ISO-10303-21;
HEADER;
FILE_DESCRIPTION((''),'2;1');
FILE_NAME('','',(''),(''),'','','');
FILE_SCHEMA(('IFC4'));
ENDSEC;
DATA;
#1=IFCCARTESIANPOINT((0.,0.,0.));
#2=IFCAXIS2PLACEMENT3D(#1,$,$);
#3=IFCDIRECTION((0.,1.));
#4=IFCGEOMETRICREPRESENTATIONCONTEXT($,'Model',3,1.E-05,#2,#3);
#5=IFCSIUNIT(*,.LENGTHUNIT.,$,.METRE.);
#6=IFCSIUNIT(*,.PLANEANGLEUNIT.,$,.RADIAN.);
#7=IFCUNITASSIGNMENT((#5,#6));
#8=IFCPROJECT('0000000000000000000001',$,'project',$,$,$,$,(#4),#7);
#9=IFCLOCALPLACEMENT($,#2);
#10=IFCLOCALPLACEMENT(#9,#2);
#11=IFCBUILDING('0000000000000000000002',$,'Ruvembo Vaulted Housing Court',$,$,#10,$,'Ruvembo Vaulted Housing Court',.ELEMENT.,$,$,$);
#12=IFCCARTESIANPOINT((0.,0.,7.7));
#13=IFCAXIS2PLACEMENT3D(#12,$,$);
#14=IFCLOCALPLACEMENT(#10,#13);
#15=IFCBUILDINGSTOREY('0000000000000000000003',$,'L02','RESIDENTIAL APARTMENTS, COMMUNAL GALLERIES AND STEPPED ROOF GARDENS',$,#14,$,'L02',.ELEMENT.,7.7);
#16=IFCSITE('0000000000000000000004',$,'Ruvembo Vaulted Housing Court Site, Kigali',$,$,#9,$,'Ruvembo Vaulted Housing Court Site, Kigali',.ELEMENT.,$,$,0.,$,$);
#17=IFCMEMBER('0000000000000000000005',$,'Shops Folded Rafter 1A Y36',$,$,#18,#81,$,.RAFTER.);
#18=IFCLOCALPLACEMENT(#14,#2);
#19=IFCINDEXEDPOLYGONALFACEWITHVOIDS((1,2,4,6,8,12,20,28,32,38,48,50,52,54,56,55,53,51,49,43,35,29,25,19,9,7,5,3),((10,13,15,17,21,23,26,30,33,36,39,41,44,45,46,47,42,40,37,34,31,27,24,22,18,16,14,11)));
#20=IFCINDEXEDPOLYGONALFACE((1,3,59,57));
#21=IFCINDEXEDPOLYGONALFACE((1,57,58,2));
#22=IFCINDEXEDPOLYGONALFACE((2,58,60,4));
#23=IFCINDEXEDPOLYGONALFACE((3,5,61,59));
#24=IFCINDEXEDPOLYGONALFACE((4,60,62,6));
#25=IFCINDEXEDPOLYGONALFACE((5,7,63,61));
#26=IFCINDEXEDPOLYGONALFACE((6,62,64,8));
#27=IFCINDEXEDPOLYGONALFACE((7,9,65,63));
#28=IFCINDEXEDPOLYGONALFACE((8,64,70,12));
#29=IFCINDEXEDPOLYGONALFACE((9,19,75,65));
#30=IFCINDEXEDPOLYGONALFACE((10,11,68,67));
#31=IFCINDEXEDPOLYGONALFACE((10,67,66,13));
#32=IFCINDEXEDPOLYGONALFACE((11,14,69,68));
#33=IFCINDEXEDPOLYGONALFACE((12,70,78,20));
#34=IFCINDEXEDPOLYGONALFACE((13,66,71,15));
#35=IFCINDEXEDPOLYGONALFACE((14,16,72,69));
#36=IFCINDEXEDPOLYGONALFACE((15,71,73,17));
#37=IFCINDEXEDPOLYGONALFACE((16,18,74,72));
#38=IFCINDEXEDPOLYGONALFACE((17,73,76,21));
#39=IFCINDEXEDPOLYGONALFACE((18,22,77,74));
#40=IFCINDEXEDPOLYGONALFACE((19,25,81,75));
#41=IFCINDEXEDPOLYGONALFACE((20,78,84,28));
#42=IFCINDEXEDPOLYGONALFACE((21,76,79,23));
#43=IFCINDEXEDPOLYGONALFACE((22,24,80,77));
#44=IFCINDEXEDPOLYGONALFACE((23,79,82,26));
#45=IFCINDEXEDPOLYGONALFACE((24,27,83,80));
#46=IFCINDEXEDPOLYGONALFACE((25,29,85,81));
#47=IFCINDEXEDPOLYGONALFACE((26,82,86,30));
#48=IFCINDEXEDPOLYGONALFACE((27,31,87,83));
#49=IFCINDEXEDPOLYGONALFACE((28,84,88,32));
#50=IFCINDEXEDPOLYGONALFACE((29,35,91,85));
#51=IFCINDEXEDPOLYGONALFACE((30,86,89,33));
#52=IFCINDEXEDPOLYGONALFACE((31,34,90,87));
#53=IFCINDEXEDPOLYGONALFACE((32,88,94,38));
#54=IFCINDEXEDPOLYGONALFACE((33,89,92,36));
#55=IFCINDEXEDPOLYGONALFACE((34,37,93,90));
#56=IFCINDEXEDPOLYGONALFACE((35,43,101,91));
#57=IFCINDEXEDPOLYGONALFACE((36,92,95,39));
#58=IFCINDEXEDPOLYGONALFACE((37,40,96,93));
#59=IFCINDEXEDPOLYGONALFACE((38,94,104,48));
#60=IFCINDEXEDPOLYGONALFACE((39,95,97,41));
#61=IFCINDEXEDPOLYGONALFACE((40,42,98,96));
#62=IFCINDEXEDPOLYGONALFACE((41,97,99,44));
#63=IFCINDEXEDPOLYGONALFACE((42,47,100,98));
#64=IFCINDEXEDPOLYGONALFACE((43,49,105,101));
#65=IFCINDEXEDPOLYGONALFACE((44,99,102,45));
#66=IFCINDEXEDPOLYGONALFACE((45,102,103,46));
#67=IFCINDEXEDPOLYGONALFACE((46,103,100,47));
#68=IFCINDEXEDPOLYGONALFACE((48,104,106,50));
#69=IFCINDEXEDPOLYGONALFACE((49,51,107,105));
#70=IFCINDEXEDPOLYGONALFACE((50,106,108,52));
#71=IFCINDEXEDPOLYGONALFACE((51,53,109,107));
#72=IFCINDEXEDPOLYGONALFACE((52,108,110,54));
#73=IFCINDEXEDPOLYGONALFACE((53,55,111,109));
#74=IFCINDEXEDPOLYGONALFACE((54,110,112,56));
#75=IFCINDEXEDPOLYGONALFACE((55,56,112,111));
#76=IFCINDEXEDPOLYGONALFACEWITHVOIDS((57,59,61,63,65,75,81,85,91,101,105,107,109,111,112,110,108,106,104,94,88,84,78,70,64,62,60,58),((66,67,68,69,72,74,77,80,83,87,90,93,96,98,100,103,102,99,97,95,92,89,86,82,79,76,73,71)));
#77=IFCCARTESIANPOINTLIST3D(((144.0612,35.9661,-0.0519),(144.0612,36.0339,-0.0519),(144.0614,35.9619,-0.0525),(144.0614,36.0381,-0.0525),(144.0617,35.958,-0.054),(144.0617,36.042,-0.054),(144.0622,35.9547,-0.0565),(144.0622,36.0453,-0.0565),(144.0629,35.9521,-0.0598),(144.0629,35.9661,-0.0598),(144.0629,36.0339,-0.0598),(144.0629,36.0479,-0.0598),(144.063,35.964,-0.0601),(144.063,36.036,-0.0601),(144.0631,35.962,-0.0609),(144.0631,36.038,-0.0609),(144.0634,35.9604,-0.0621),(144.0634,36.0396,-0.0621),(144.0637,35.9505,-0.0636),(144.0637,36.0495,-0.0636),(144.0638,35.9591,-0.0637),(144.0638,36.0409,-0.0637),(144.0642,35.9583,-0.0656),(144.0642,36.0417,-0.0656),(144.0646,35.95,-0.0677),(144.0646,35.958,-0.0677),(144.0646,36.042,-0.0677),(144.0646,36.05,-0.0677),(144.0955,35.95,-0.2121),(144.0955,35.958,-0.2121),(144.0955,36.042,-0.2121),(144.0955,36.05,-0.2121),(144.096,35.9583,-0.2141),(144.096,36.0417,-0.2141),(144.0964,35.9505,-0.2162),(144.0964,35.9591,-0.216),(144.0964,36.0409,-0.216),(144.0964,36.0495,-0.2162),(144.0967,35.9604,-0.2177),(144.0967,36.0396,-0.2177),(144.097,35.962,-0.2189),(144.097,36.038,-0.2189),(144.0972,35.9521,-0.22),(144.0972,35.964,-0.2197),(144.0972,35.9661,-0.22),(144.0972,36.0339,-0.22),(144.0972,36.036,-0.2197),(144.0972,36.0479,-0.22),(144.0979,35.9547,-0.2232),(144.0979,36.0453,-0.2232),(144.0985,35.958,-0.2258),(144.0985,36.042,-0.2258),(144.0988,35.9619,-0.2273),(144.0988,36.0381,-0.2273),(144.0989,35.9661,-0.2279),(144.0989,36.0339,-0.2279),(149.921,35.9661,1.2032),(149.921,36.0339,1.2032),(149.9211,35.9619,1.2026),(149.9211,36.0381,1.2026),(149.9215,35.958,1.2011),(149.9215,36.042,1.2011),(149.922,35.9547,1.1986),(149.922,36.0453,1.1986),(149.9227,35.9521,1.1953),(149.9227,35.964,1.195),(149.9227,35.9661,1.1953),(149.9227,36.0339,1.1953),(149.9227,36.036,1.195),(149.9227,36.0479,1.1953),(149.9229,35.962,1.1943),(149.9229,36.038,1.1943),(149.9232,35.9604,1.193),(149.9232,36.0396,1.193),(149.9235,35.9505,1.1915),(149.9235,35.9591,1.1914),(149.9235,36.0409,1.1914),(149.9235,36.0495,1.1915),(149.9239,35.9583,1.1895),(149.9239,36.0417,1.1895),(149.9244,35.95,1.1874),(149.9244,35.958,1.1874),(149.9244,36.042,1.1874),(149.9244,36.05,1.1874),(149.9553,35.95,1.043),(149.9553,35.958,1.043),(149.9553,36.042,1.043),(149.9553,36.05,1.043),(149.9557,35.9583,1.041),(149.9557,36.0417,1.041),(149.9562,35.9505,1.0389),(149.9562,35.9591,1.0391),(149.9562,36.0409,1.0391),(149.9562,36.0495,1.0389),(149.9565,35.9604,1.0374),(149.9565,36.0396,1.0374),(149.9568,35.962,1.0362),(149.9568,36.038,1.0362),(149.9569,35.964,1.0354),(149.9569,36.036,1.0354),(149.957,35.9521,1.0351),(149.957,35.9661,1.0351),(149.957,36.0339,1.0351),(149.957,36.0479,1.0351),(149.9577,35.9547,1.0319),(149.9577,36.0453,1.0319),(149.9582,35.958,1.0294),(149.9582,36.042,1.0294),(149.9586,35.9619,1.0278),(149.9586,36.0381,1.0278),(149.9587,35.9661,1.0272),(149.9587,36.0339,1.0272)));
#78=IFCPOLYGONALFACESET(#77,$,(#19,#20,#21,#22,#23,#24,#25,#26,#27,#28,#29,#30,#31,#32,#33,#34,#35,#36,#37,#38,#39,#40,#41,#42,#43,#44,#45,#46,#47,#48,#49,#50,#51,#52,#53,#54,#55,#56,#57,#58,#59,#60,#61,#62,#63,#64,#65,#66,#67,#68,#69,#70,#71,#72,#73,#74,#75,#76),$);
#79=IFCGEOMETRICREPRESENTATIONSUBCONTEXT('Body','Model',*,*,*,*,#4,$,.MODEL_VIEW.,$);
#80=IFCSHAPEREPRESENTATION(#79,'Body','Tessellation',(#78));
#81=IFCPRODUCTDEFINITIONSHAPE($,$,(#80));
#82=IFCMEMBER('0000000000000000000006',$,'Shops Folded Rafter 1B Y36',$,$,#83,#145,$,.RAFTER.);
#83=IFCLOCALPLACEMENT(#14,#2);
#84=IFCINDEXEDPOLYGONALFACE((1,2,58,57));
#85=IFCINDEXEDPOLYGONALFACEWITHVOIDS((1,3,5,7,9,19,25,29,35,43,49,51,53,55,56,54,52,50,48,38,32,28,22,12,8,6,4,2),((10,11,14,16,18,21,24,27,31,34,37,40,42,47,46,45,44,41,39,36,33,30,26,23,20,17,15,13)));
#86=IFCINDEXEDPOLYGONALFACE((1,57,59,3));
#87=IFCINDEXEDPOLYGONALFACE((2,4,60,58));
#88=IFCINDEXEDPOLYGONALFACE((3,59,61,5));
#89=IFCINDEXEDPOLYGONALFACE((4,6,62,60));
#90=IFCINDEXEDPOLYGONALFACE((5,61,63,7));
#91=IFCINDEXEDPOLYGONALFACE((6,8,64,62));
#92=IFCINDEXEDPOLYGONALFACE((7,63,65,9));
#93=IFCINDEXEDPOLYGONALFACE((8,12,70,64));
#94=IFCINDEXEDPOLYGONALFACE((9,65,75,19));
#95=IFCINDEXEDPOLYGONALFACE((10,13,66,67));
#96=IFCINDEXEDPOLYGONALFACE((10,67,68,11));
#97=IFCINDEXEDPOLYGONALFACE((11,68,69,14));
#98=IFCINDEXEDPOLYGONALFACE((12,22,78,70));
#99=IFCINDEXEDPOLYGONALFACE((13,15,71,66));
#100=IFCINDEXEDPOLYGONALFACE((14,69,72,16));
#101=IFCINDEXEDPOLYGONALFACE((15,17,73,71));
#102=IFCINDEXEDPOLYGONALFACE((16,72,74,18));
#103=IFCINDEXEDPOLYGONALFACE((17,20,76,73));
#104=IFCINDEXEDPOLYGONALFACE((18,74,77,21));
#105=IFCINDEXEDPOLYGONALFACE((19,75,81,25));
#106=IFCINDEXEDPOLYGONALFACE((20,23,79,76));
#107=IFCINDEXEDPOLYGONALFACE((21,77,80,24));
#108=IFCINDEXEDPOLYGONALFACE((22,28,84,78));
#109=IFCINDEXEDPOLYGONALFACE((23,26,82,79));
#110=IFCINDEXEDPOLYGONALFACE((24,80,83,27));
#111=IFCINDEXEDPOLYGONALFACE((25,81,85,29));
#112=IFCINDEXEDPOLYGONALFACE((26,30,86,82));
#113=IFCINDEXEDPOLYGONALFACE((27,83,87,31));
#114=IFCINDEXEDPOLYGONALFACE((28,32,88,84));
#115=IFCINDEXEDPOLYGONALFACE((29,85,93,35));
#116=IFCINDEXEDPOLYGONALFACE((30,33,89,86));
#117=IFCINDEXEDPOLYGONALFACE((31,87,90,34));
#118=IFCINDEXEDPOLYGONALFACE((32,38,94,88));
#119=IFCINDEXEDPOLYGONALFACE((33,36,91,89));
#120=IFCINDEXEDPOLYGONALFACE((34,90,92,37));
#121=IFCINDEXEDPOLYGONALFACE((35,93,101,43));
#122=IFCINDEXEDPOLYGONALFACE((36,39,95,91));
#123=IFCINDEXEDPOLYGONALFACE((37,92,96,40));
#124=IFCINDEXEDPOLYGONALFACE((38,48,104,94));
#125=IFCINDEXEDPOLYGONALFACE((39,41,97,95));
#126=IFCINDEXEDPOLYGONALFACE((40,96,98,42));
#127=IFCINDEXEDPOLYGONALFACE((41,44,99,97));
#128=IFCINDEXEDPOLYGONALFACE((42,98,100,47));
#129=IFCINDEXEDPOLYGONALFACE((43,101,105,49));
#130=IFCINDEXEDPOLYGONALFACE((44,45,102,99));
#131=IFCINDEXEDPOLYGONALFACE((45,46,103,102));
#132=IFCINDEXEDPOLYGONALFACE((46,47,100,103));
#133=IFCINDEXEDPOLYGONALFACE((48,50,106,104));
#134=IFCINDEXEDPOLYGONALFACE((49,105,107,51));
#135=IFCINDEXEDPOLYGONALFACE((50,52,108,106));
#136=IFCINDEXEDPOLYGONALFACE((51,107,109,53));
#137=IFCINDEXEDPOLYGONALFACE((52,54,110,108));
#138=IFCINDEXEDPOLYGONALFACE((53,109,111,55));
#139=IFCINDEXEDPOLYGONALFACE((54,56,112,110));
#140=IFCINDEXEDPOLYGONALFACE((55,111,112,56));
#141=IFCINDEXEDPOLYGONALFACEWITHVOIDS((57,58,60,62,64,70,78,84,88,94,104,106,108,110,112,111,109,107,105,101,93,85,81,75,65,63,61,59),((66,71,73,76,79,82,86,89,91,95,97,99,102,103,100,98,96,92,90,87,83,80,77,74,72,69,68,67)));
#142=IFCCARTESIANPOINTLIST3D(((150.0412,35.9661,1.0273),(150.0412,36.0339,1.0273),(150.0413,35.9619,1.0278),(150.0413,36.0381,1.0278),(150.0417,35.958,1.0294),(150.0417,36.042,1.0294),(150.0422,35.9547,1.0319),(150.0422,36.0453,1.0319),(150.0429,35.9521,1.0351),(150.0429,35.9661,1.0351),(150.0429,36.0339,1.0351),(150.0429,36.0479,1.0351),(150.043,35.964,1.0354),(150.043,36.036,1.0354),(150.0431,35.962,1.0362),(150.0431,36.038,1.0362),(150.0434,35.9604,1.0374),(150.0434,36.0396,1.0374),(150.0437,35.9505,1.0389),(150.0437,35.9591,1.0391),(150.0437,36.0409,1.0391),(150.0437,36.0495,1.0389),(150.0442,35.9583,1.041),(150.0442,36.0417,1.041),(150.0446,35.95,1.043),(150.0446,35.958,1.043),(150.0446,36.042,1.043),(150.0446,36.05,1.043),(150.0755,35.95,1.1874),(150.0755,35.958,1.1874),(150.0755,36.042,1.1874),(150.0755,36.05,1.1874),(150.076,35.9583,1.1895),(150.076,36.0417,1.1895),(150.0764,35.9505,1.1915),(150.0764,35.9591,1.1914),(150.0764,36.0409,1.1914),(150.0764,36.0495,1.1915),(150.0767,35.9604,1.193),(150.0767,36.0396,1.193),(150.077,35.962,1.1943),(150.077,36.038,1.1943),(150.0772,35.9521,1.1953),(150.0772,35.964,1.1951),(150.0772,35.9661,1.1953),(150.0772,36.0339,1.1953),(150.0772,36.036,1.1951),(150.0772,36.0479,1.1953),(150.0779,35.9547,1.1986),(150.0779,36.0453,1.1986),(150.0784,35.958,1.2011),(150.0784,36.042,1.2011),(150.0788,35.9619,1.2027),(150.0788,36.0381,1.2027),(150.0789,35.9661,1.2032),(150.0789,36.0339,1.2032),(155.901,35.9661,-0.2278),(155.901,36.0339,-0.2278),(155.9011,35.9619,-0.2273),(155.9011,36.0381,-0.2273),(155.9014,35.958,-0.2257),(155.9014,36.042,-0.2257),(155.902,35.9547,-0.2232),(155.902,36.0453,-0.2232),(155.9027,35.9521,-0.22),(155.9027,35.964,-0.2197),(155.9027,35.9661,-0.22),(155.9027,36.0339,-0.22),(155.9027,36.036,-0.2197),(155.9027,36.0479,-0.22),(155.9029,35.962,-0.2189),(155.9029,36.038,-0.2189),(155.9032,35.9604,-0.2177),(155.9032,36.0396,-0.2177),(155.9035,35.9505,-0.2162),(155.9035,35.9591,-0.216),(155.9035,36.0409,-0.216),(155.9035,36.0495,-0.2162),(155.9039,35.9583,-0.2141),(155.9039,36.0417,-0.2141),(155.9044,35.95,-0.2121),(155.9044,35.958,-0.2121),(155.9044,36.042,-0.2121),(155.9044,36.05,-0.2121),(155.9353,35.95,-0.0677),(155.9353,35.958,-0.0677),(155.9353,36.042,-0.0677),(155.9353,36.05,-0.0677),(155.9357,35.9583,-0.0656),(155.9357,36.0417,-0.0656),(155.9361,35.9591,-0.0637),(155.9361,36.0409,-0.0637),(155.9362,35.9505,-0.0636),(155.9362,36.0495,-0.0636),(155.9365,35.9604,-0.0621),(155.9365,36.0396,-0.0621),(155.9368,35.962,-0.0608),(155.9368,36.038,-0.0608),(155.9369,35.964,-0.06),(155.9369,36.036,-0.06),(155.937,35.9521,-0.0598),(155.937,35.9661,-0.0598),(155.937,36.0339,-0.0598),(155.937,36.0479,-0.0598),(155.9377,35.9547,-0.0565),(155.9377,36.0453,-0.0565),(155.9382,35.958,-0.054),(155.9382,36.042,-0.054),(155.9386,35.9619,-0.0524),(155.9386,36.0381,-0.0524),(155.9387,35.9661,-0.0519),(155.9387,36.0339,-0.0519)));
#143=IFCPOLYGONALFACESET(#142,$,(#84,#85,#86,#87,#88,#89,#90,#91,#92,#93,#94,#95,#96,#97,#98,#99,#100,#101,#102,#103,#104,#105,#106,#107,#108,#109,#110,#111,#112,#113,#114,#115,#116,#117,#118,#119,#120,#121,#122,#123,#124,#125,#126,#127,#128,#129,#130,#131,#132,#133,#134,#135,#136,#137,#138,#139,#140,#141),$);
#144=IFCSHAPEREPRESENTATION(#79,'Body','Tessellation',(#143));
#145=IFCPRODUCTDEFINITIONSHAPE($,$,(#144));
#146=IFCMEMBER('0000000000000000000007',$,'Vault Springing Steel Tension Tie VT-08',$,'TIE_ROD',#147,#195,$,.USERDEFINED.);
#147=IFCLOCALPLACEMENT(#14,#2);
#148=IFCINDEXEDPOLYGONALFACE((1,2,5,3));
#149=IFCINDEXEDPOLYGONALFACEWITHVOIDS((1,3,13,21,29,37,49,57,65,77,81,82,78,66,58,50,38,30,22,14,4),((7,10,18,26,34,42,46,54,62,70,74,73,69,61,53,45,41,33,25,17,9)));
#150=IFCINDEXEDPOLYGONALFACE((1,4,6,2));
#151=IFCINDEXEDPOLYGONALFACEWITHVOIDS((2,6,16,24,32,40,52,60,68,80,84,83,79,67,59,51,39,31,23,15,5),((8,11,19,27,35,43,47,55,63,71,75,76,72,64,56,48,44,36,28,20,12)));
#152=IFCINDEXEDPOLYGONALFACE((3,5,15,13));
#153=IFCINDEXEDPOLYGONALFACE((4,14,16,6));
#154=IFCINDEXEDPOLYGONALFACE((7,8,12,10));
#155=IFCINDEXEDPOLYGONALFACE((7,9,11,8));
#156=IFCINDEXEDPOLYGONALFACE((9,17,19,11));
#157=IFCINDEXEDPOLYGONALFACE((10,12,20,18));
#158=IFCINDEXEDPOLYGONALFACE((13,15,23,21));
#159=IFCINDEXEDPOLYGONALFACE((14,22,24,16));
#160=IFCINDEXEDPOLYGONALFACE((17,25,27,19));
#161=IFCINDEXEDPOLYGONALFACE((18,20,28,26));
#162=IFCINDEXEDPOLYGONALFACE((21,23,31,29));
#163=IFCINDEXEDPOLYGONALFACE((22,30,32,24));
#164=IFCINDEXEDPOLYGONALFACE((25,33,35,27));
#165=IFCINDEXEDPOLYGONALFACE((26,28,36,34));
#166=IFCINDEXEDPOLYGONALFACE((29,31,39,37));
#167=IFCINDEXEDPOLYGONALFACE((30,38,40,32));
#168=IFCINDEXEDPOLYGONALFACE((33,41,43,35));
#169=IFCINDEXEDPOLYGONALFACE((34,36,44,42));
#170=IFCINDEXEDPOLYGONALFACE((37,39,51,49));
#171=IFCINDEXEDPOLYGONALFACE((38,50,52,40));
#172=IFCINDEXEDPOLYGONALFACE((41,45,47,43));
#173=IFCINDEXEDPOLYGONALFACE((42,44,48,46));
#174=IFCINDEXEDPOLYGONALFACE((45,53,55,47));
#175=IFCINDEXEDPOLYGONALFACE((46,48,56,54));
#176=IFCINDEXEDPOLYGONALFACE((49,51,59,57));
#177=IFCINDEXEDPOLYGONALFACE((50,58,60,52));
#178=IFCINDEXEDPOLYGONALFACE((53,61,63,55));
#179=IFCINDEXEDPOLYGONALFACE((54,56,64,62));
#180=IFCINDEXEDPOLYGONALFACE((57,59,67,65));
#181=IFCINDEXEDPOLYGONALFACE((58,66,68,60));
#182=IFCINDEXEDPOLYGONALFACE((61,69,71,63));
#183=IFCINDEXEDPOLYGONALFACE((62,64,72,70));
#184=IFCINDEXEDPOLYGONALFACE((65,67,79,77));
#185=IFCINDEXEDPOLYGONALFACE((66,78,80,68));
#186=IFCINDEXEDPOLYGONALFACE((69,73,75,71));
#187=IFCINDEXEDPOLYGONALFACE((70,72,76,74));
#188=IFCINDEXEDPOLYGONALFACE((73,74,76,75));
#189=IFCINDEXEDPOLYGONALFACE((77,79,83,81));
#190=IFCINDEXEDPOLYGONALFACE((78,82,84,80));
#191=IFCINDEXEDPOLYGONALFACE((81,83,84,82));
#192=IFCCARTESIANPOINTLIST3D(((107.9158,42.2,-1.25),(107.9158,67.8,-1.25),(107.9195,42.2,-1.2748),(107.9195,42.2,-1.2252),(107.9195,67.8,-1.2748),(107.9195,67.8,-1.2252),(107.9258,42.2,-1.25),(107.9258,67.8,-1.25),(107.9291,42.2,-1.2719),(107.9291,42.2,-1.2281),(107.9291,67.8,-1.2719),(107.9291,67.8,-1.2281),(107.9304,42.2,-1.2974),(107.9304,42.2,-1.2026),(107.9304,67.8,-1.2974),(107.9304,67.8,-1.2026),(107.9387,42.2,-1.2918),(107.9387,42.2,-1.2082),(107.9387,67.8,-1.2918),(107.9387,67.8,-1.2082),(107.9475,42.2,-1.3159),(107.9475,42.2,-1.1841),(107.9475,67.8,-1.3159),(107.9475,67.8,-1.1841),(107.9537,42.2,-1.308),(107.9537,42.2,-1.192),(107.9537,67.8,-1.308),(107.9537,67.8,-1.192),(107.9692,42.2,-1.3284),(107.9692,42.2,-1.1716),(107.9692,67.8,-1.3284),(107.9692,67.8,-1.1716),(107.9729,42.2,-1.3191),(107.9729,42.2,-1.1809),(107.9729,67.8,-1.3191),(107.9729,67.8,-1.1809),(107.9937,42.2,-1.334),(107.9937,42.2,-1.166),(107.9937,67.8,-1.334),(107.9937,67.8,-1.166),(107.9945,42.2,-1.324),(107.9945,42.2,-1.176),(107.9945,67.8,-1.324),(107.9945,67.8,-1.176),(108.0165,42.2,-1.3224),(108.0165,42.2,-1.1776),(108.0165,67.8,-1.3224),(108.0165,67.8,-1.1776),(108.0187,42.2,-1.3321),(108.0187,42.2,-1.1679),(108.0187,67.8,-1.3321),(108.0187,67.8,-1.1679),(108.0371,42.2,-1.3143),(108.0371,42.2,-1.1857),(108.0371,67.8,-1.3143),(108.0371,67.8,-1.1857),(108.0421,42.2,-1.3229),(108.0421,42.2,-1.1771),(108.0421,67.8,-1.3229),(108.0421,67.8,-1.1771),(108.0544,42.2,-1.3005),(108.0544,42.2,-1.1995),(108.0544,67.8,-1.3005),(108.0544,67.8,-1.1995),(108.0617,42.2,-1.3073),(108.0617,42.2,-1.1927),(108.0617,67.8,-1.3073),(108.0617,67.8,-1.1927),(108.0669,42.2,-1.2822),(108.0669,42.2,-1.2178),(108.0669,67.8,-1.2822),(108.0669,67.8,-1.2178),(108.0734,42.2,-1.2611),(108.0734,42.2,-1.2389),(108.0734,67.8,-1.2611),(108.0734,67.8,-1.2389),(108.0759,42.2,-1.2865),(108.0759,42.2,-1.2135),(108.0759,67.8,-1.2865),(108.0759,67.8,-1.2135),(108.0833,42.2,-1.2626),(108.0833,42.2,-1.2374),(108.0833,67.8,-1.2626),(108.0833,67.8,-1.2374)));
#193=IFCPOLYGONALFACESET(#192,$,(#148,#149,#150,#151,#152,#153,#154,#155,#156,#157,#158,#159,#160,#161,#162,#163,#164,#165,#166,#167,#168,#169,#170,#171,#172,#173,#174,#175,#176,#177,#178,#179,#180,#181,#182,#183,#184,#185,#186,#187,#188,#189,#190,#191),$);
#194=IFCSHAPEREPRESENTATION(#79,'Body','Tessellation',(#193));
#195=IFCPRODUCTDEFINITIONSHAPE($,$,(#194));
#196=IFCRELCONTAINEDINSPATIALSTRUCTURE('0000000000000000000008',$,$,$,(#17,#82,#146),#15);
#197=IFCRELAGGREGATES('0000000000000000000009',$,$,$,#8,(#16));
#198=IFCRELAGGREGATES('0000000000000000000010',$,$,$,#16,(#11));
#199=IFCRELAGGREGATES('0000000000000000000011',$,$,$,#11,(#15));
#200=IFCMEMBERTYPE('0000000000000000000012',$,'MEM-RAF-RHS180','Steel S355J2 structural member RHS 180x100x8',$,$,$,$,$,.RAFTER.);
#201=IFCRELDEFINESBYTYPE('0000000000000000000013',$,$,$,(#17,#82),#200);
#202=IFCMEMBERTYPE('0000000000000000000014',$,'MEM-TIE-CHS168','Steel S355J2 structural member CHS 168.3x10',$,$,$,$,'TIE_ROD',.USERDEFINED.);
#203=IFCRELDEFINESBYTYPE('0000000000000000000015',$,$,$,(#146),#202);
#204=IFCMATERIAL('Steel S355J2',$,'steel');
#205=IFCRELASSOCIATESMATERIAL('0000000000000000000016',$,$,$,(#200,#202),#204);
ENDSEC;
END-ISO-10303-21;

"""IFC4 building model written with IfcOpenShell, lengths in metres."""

from ifc_helpers import new_model, si_unit, direction, frame, origin, origin_2d, place, context, subcontext, project, spatial, hollow_rectangle, hollow_circle, extrude, material, material_profile, profile_set, type_object, element, save


model = new_model("IFC4")

# Units and contexts
model_context = context("Model", 3, precision=1e-05, world=origin(), true_north=direction((0.0, 1.0)))
body_context = subcontext(model_context, "Body", "Model", "MODEL_VIEW")
ifc_project = project(units=[si_unit("LENGTHUNIT", "METRE"), si_unit("PLANEANGLEUNIT", "RADIAN")], contexts=[model_context])

# Site, building, storey
site_placement = place(None, origin())
site = spatial("IfcSite", under=ifc_project, at=site_placement, Name="Ruvembo Vaulted Housing Court Site, Kigali", LongName="Ruvembo Vaulted Housing Court Site, Kigali", CompositionType="ELEMENT", RefElevation=0.0)
building_placement = place(site_placement, origin())
building = spatial("IfcBuilding", under=site, at=building_placement, Name="Ruvembo Vaulted Housing Court", LongName="Ruvembo Vaulted Housing Court", CompositionType="ELEMENT")
storey_placement = place(building_placement, frame((0.0, 0.0, 7.7)))
storey = spatial("IfcBuildingStorey", under=building, at=storey_placement, Name="L02", Description="RESIDENTIAL APARTMENTS, COMMUNAL GALLERIES AND STEPPED ROOF GARDENS", LongName="L02", CompositionType="ELEMENT", Elevation=7.7)

# Members
ifc_material_1 = material(Name="Steel S355J2", Category="steel")
ifc_material_profile_1 = material_profile(ifc_material_1, hollow_rectangle(XDim=0.1001, YDim=0.1799, WallThickness=0.0081, InnerFilletRadius=0.0081, OuterFilletRadius=0.0161, at=origin_2d()), Name="RHS 180x100x8")
ifc_profile_set_1 = profile_set([ifc_material_profile_1], Name="Steel S355J2")
member_type_1 = type_object("IfcMemberType", Name="MEM-RAF-RHS180", Description="Steel S355J2 structural member RHS 180x100x8", PredefinedType="RAFTER", material=ifc_profile_set_1)
for number, where, z_axis, x_axis, name in (
    (1, (144.0801, 36.0, -0.1399), (0.977821, 0.0, 0.20944), (0.0, 1.0, 0.0), "Shops Folded Rafter 1A Y36"),
    (2, (150.0601, 36.0, 1.1152), (0.977821, 0.0, -0.20944), (0.0, 1.0, 0.0), "Shops Folded Rafter 1B Y36"),
):
    element("IfcMember", number, at=place(storey_placement, frame(where, z_axis=z_axis, x_axis=x_axis)), inside=storey, type_object=member_type_1, Name=name, PredefinedType="RAFTER", context=body_context, shape_type="SweptSolid", body=[
        extrude(hollow_rectangle(XDim=0.1001, YDim=0.1799, WallThickness=0.0081, InnerFilletRadius=0.0081, OuterFilletRadius=0.0161, at=origin_2d()), origin(), (0.0, 0.0, 1.0), 5.9927),
    ])
ifc_material_profile_2 = material_profile(ifc_material_1, hollow_circle(Radius=0.0842, WallThickness=0.01, at=origin_2d()), Name="CHS 168.3x10")
ifc_profile_set_2 = profile_set([ifc_material_profile_2], Name="Steel S355J2")
member_type_2 = type_object("IfcMemberType", Name="MEM-TIE-CHS168", Description="Steel S355J2 structural member CHS 168.3x10", ElementType="TIE_ROD", PredefinedType="USERDEFINED", material=ifc_profile_set_2)
member_1_placement = place(storey_placement, frame((108.0, 42.2, -1.25), z_axis=(0.0, 1.0, 0.0), x_axis=(-1.0, 0.0, 0.0)))
element("IfcMember", 3, at=member_1_placement, inside=storey, type_object=member_type_2, Name="Vault Springing Steel Tension Tie VT-08", ObjectType="TIE_ROD", PredefinedType="USERDEFINED", context=body_context, shape_type="SweptSolid", body=[
    extrude(hollow_circle(Radius=0.0842, WallThickness=0.01, at=origin_2d()), origin(), (0.0, 0.0, 1.0), 25.6001),
])

save(model, "model.ifc")
